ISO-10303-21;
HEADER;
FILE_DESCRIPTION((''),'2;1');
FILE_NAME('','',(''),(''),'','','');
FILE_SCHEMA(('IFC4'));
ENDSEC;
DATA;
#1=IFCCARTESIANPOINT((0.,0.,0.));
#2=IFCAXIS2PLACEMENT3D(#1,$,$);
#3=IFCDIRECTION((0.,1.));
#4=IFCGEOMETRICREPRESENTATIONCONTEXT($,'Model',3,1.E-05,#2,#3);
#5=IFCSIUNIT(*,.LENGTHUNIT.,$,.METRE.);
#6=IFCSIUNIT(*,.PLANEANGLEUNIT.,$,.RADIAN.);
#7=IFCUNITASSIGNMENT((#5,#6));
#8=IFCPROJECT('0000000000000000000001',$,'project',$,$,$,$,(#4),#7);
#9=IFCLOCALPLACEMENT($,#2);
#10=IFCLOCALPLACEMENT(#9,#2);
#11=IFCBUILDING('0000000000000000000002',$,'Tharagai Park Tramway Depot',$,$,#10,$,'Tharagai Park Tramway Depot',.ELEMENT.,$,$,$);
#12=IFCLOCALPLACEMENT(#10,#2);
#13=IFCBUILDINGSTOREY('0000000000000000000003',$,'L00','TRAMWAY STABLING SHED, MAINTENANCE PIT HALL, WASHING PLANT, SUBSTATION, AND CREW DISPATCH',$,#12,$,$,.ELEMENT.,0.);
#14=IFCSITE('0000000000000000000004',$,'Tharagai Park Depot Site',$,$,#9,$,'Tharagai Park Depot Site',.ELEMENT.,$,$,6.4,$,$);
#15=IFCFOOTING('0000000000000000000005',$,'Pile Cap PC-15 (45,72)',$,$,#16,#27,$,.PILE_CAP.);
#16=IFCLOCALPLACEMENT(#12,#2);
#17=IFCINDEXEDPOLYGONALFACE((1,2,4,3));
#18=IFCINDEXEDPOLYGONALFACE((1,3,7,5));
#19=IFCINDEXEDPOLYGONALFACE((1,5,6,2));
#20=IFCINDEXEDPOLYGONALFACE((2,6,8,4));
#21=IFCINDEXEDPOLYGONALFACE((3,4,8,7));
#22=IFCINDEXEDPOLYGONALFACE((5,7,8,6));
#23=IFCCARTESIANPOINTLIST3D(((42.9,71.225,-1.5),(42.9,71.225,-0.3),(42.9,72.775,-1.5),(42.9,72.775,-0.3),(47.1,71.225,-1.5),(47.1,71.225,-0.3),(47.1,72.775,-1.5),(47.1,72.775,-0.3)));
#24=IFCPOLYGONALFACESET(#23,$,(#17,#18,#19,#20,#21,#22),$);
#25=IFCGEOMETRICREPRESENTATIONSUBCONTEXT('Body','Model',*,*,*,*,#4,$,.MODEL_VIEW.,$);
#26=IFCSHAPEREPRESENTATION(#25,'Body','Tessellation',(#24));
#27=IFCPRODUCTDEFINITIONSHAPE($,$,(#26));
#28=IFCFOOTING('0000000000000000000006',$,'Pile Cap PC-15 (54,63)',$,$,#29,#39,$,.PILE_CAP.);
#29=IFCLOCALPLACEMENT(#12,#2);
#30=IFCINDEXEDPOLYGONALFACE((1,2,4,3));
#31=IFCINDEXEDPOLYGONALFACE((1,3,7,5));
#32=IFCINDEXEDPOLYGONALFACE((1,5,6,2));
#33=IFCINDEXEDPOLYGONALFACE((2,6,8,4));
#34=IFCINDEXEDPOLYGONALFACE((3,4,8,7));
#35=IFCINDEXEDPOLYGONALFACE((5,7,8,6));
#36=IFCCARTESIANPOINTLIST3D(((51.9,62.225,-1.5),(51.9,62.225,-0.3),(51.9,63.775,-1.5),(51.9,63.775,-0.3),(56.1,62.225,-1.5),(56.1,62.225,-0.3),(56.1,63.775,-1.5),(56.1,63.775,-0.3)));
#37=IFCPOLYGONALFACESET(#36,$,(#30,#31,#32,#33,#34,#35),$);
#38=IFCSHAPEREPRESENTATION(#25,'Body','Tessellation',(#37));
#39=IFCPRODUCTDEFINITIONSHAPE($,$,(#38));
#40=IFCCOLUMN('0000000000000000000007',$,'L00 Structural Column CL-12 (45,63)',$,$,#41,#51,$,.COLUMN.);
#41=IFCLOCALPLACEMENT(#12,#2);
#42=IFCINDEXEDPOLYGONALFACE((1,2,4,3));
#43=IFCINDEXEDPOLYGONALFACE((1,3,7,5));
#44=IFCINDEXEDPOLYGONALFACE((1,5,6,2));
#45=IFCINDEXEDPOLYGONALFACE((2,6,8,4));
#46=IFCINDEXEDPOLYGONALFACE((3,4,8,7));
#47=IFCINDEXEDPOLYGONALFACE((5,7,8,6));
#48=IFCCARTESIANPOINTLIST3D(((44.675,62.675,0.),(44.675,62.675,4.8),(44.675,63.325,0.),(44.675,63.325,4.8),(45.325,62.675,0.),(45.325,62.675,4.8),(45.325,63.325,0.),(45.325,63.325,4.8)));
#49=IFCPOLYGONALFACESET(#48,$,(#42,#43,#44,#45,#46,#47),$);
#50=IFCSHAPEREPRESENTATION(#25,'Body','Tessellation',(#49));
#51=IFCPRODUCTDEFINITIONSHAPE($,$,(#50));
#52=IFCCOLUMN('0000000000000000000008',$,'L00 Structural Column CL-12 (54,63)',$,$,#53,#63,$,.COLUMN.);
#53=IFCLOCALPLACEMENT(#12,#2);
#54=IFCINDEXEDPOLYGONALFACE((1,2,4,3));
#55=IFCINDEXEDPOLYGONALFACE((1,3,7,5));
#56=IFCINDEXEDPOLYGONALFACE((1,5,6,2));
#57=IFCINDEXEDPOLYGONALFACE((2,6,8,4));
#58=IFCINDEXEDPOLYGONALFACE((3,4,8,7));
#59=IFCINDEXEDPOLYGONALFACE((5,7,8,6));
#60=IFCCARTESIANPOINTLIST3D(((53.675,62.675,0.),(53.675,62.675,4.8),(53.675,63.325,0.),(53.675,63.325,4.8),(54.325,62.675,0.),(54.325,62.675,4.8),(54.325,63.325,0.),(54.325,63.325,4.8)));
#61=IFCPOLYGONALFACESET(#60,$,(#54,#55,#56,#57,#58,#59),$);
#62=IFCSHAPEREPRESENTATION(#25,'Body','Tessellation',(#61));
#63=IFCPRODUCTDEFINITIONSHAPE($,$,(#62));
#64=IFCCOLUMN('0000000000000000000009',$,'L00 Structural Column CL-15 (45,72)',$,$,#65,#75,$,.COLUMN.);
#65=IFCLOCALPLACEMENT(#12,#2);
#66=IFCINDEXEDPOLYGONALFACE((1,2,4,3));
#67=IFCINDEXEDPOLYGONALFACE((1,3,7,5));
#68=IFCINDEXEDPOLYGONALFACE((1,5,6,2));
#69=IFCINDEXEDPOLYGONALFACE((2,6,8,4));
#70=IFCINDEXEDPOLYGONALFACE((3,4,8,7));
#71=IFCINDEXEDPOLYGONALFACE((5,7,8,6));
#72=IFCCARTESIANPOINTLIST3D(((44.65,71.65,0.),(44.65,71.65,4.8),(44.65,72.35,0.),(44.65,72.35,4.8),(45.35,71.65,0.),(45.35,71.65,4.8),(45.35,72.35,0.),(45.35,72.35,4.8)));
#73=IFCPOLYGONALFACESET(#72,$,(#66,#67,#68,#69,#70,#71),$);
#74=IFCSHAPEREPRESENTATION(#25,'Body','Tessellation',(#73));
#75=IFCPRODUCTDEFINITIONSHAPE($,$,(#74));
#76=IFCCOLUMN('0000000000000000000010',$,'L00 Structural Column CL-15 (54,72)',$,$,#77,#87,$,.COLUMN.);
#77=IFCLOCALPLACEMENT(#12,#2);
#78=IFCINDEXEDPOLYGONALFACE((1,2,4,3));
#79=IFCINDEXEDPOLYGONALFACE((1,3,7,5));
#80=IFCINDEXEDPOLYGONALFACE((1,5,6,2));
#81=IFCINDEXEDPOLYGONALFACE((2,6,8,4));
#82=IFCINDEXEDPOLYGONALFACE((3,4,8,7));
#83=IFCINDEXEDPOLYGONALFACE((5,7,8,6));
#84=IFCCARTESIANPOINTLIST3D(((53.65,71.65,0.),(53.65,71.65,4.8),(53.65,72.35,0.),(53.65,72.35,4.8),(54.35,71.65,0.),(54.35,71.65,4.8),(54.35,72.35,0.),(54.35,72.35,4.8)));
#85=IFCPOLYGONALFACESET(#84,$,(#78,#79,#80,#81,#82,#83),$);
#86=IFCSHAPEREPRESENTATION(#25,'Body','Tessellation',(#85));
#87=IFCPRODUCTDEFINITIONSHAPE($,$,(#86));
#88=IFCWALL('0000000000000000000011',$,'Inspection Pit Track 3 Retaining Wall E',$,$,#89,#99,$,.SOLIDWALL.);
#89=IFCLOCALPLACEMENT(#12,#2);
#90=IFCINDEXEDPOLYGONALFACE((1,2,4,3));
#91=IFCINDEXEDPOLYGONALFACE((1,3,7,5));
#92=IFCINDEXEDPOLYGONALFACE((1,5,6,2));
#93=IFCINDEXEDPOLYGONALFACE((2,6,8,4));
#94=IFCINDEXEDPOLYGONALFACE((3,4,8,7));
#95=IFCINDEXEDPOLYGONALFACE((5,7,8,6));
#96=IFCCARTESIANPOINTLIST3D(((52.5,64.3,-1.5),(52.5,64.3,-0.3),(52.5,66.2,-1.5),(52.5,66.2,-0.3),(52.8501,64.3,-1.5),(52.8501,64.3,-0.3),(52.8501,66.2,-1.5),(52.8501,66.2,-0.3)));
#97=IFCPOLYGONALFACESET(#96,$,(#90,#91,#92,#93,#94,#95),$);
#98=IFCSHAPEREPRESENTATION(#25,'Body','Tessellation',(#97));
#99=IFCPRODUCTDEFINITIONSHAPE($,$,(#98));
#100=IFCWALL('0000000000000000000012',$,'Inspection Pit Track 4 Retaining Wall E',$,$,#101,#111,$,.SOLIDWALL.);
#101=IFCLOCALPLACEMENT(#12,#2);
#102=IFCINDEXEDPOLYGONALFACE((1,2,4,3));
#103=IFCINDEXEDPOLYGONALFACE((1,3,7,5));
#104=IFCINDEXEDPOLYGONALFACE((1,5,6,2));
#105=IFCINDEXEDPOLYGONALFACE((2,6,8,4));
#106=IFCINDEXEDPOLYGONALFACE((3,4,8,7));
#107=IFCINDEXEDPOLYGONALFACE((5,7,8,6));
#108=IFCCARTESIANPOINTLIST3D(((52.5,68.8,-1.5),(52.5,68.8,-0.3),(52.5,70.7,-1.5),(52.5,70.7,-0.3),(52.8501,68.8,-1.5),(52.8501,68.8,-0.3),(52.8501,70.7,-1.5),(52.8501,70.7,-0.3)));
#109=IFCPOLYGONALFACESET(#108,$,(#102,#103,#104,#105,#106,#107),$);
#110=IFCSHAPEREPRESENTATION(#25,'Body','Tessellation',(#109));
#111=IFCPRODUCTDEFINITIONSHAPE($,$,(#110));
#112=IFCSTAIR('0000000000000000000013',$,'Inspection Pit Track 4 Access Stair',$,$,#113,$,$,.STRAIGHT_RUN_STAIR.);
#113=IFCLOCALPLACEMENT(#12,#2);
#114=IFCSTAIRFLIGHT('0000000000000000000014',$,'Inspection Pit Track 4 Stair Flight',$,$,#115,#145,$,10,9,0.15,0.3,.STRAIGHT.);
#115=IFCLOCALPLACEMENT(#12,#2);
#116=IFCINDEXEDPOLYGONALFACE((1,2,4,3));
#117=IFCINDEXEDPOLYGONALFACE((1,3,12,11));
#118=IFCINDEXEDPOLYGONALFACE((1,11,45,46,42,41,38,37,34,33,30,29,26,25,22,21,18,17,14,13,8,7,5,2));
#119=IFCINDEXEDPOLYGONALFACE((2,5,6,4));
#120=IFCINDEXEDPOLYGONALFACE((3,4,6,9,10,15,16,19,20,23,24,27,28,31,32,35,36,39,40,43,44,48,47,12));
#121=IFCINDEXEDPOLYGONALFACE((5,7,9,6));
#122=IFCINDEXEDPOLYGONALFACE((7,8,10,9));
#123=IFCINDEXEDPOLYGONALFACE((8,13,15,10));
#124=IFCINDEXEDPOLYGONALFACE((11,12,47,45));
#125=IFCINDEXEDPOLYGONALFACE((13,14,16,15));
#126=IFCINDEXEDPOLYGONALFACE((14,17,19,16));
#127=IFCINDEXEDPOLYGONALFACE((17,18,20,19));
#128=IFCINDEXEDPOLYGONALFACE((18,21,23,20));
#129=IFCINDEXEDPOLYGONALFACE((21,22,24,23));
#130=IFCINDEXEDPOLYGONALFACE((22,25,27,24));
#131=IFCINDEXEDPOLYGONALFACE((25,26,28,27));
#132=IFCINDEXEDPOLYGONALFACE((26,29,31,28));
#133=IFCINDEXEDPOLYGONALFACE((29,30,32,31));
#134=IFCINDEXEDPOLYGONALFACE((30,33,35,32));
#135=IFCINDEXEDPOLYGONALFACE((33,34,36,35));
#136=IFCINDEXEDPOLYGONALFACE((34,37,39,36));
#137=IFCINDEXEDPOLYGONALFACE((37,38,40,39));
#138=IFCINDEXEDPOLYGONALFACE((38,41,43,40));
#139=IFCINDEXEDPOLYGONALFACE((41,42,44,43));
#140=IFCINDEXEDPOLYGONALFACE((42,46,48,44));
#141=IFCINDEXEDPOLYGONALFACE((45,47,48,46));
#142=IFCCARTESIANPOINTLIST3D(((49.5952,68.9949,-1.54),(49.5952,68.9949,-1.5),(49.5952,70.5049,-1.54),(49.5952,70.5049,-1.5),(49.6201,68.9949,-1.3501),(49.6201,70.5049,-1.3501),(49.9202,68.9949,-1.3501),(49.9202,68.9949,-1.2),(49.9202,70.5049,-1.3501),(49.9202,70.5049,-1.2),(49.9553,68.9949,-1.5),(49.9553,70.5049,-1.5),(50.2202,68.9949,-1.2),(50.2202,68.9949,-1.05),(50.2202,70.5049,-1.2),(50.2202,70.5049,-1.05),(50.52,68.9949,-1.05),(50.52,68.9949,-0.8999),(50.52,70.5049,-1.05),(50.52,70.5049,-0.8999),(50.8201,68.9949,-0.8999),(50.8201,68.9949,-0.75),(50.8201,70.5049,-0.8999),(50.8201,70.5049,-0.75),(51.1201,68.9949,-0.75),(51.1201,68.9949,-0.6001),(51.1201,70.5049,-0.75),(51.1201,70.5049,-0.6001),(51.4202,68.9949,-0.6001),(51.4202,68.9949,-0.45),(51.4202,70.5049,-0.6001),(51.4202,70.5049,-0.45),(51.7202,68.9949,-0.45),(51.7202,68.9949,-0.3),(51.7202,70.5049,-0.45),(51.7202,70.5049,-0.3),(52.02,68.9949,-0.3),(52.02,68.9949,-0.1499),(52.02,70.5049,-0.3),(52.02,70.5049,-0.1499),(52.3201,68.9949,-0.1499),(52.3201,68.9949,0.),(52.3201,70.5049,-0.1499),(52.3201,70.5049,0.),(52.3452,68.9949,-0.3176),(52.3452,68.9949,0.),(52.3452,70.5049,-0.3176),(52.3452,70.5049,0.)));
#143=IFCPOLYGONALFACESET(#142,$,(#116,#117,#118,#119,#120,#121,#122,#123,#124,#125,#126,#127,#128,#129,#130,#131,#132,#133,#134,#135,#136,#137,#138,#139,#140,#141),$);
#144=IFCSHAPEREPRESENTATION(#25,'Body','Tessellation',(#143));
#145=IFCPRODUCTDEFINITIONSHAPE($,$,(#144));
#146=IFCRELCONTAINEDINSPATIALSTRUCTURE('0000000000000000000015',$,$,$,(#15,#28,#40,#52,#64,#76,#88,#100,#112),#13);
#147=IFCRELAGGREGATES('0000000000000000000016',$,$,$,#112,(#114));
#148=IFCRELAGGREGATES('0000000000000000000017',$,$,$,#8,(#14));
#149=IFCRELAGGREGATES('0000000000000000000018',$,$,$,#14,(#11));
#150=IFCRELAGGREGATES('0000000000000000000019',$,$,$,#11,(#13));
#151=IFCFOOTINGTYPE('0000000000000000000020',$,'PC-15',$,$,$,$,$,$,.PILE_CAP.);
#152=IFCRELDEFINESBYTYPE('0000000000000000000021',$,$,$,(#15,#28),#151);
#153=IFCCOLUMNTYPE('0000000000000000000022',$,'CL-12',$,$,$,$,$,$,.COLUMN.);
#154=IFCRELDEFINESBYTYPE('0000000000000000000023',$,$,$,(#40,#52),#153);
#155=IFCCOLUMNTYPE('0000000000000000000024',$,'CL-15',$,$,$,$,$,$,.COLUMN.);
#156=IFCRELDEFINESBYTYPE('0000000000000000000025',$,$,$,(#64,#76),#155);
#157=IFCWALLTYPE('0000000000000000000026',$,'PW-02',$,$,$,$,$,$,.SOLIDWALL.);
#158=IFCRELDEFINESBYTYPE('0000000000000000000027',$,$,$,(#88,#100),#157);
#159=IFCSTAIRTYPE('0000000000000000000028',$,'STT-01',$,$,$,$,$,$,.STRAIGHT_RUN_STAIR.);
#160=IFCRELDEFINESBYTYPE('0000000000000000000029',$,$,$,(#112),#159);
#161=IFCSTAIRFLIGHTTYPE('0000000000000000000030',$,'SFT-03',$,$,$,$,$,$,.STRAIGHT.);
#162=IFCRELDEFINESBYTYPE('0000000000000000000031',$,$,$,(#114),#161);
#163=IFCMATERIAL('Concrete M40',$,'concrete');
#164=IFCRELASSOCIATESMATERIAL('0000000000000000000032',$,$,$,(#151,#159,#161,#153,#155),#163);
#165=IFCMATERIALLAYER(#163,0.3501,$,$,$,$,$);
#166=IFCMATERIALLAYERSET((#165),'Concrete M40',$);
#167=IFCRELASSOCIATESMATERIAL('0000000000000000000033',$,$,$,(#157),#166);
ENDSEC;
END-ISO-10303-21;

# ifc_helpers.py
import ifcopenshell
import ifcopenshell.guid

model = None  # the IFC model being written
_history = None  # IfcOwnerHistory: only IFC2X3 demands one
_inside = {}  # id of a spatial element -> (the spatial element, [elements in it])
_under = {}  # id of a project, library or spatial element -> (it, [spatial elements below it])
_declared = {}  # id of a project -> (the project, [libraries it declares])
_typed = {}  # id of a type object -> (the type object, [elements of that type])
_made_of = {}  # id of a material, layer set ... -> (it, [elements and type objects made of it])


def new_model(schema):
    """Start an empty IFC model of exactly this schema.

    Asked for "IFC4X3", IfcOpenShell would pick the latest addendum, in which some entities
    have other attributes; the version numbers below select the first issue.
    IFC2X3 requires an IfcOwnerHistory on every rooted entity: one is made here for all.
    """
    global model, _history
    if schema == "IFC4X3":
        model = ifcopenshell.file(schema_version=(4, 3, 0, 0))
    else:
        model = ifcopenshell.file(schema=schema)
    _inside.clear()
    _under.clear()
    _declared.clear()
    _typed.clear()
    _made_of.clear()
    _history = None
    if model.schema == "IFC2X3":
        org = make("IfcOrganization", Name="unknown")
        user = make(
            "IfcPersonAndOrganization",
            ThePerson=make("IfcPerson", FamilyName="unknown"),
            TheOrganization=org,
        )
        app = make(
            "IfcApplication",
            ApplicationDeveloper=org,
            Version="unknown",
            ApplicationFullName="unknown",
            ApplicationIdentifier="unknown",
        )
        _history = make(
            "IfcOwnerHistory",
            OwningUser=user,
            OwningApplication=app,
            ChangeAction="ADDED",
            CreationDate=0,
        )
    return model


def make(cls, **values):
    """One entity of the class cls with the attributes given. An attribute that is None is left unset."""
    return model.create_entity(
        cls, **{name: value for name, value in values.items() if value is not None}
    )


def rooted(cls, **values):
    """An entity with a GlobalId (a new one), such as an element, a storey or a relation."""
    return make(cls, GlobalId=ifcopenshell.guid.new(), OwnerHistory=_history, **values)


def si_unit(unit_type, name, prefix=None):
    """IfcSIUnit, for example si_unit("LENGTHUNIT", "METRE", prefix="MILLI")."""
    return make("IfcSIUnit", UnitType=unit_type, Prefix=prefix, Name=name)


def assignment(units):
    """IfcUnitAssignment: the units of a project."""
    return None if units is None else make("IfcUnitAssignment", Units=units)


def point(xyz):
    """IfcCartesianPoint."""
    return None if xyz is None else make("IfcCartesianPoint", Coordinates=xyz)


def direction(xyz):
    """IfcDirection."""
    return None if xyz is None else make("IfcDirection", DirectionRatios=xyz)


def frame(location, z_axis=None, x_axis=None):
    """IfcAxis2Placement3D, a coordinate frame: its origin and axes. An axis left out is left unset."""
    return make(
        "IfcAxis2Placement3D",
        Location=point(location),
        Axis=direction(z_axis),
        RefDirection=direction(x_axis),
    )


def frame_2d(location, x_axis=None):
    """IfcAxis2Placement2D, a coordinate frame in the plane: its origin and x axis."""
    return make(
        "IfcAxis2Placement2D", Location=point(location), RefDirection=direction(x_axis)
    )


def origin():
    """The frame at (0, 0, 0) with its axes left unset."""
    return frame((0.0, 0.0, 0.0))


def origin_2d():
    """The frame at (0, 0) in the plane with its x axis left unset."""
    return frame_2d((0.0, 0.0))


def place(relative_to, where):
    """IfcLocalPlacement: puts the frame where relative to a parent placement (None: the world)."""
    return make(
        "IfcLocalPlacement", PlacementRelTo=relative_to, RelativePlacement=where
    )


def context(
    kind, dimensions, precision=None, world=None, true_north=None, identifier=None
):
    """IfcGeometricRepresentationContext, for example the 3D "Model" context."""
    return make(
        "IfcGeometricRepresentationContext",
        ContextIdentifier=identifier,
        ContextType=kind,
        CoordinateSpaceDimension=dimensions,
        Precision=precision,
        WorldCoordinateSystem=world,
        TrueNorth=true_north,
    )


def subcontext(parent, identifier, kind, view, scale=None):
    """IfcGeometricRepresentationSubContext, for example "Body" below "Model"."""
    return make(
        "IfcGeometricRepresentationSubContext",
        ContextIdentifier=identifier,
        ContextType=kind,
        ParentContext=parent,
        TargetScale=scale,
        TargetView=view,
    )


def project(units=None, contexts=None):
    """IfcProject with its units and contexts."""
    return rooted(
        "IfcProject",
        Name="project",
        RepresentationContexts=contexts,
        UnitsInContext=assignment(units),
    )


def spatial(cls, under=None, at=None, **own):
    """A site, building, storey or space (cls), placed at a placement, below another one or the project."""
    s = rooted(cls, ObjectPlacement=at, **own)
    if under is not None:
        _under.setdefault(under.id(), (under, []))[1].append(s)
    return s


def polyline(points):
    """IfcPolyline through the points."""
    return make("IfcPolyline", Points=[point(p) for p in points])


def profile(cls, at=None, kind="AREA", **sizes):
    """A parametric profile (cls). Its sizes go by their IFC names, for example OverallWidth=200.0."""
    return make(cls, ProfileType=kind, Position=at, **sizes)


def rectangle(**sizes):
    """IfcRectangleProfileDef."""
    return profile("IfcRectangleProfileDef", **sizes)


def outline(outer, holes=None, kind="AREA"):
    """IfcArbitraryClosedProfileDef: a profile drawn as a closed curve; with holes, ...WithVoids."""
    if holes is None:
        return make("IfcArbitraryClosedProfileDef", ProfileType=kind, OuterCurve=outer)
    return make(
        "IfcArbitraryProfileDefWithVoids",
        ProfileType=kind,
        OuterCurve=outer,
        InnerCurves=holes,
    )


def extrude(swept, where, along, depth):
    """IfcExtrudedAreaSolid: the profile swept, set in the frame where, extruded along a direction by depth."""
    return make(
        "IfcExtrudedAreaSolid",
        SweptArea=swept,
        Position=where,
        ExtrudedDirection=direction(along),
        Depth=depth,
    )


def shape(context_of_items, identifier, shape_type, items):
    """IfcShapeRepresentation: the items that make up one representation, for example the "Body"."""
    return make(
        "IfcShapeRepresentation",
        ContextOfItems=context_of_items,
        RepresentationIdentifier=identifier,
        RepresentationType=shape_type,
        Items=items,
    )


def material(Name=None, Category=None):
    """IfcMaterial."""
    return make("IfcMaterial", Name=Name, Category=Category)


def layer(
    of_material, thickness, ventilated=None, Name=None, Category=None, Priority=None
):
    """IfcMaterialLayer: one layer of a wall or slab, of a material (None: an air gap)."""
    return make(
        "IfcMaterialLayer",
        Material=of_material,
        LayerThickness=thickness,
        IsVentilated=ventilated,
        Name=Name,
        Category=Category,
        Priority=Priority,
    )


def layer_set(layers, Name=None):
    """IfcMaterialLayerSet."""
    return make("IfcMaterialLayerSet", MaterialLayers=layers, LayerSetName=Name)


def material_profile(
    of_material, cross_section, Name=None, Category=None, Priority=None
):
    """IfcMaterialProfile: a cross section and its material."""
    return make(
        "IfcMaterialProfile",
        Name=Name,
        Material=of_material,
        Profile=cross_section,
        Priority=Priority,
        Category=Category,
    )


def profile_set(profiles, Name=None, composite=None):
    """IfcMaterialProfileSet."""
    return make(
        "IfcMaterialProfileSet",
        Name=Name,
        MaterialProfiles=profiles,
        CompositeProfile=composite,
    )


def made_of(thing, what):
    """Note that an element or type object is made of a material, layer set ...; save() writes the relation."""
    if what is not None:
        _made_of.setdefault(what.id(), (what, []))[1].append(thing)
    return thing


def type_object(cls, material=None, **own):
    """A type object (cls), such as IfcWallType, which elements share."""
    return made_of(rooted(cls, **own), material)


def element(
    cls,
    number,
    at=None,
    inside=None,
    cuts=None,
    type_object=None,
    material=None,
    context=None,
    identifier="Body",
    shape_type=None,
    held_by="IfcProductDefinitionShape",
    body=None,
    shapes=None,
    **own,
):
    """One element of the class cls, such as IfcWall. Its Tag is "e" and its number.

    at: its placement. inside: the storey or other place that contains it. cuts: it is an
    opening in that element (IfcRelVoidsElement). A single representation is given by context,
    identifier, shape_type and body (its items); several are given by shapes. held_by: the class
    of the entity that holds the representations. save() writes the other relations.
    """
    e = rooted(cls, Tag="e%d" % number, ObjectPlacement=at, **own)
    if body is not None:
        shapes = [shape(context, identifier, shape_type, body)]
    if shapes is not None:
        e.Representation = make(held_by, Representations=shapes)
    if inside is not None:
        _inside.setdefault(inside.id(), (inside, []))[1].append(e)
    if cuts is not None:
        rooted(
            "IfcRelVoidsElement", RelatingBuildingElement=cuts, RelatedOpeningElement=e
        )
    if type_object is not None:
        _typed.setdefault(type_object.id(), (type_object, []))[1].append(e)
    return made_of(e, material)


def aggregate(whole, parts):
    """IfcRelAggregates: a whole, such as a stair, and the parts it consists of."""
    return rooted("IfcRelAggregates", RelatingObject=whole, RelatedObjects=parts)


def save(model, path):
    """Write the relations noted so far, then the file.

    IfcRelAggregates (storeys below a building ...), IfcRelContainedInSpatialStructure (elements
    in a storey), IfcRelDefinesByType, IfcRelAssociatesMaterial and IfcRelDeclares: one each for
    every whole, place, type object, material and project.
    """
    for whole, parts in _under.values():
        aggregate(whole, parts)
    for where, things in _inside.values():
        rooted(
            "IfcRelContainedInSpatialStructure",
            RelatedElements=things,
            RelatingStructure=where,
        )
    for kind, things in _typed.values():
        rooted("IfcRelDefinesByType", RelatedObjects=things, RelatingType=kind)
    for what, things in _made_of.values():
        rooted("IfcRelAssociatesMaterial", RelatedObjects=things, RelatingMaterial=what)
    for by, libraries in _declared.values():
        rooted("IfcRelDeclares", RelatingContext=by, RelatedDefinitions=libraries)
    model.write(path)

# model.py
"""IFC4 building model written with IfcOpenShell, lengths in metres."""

from ifc_helpers import new_model, si_unit, direction, frame, frame_2d, origin, origin_2d, place, context, subcontext, project, spatial, polyline, rectangle, outline, extrude, material, layer, layer_set, material_profile, profile_set, type_object, element, aggregate, save


model = new_model("IFC4")

# Units and contexts
model_context = context("Model", 3, precision=1e-05, world=origin(), true_north=direction((0.0, 1.0)))
body_context = subcontext(model_context, "Body", "Model", "MODEL_VIEW")
ifc_project = project(units=[si_unit("LENGTHUNIT", "METRE"), si_unit("PLANEANGLEUNIT", "RADIAN")], contexts=[model_context])

# Site, building, storey
site_placement = place(None, origin())
site = spatial("IfcSite", under=ifc_project, at=site_placement, Name="Tharagai Park Depot Site", LongName="Tharagai Park Depot Site", CompositionType="ELEMENT", RefElevation=6.4)
building_placement = place(site_placement, origin())
building = spatial("IfcBuilding", under=site, at=building_placement, Name="Tharagai Park Tramway Depot", LongName="Tharagai Park Tramway Depot", CompositionType="ELEMENT")
storey_placement = place(building_placement, origin())
storey = spatial("IfcBuildingStorey", under=building, at=storey_placement, Name="L00", Description="TRAMWAY STABLING SHED, MAINTENANCE PIT HALL, WASHING PLANT, SUBSTATION, AND CREW DISPATCH", CompositionType="ELEMENT", Elevation=0.0)

# Shared definitions
ifc_material_1 = material(Name="Concrete M40", Category="concrete")

# Footings
footing_type_1 = type_object("IfcFootingType", Name="PC-15", PredefinedType="PILE_CAP", material=ifc_material_1)
for number, where, z_axis, x_axis, name in (
    (1, (45.0, 72.0, -1.5), (0.0, 0.0, 1.0), (1.0, 0.0, 0.0), "Pile Cap PC-15 (45,72)"),
    (2, (54.0, 63.0, -1.5), (0.0, 0.0, 1.0), (1.0, 0.0, 0.0), "Pile Cap PC-15 (54,63)"),
):
    element("IfcFooting", number, at=place(storey_placement, frame(where, z_axis=z_axis, x_axis=x_axis)), inside=storey, type_object=footing_type_1, Name=name, PredefinedType="PILE_CAP", context=body_context, shape_type="SweptSolid", body=[
        extrude(rectangle(XDim=4.2, YDim=1.55, at=origin_2d()), origin(), (0.0, 0.0, 1.0), 1.2),
    ])

# Columns
ifc_material_profile_1 = material_profile(ifc_material_1, rectangle(XDim=0.6499, YDim=0.6499, at=origin_2d()), Name="RC 650x650")
ifc_profile_set_1 = profile_set([ifc_material_profile_1], Name="Concrete M40")
column_type_1 = type_object("IfcColumnType", Name="CL-12", PredefinedType="COLUMN", material=ifc_profile_set_1)
for number, where, z_axis, x_axis, name in (
    (3, (45.0, 63.0, 0.0), (0.0, 0.0, 1.0), (1.0, 0.0, 0.0), "L00 Structural Column CL-12 (45,63)"),
    (4, (54.0, 63.0, 0.0), (0.0, 0.0, 1.0), (1.0, 0.0, 0.0), "L00 Structural Column CL-12 (54,63)"),
):
    element("IfcColumn", number, at=place(storey_placement, frame(where, z_axis=z_axis, x_axis=x_axis)), inside=storey, type_object=column_type_1, Name=name, PredefinedType="COLUMN", context=body_context, shape_type="SweptSolid", body=[
        extrude(rectangle(XDim=0.6499, YDim=0.6499, at=origin_2d()), origin(), (0.0, 0.0, 1.0), 4.8),
    ])
ifc_material_profile_2 = material_profile(ifc_material_1, rectangle(XDim=0.7, YDim=0.7, at=origin_2d()), Name="RC 700x700")
ifc_profile_set_2 = profile_set([ifc_material_profile_2], Name="Concrete M40")
column_type_2 = type_object("IfcColumnType", Name="CL-15", PredefinedType="COLUMN", material=ifc_profile_set_2)
for number, where, z_axis, x_axis, name in (
    (5, (45.0, 72.0, 0.0), (0.0, 0.0, 1.0), (1.0, 0.0, 0.0), "L00 Structural Column CL-15 (45,72)"),
    (6, (54.0, 72.0, 0.0), (0.0, 0.0, 1.0), (1.0, 0.0, 0.0), "L00 Structural Column CL-15 (54,72)"),
):
    element("IfcColumn", number, at=place(storey_placement, frame(where, z_axis=z_axis, x_axis=x_axis)), inside=storey, type_object=column_type_2, Name=name, PredefinedType="COLUMN", context=body_context, shape_type="SweptSolid", body=[
        extrude(rectangle(XDim=0.7, YDim=0.7, at=origin_2d()), origin(), (0.0, 0.0, 1.0), 4.8),
    ])

# Walls
ifc_layer = layer(ifc_material_1, 0.3501)
ifc_layer_set = layer_set([ifc_layer], Name="Concrete M40")
wall_type = type_object("IfcWallType", Name="PW-02", PredefinedType="SOLIDWALL", material=ifc_layer_set)
for number, where, z_axis, x_axis, name in (
    (7, (52.675, 64.3, -1.5), (0.0, 0.0, 1.0), (0.0, 1.0, 0.0), "Inspection Pit Track 3 Retaining Wall E"),
    (8, (52.675, 68.8, -1.5), (0.0, 0.0, 1.0), (0.0, 1.0, 0.0), "Inspection Pit Track 4 Retaining Wall E"),
):
    element("IfcWall", number, at=place(storey_placement, frame(where, z_axis=z_axis, x_axis=x_axis)), inside=storey, type_object=wall_type, Name=name, PredefinedType="SOLIDWALL", context=body_context, shape_type="SweptSolid", body=[
        extrude(rectangle(XDim=1.8999, YDim=0.3501, at=frame_2d((0.95, 0.0))), origin(), (0.0, 0.0, 1.0), 1.2),
    ])

# Stair, stair flight
stair_type = type_object("IfcStairType", Name="STT-01", PredefinedType="STRAIGHT_RUN_STAIR", material=ifc_material_1)
stair_placement = place(storey_placement, origin())
stair = element("IfcStair", 9, at=stair_placement, inside=storey, type_object=stair_type, Name="Inspection Pit Track 4 Access Stair", PredefinedType="STRAIGHT_RUN_STAIR")
stair_flight_type = type_object("IfcStairFlightType", Name="SFT-03", PredefinedType="STRAIGHT", material=ifc_material_1)
stair_flight_placement = place(storey_placement, frame((49.6201, 69.75, -1.5), z_axis=(0.0, 0.0, 1.0), x_axis=(1.0, 0.0, 0.0)))
stair_flight = element("IfcStairFlight", 10, at=stair_flight_placement, type_object=stair_flight_type, Name="Inspection Pit Track 4 Stair Flight", NumberOfRisers=10, NumberOfTreads=9, PredefinedType="STRAIGHT", RiserHeight=0.15, TreadLength=0.3, context=body_context, shape_type="SweptSolid", body=[
    extrude(outline(polyline([(-0.0249, 0.0), (0.0, 0.1499), (0.3, 0.1499), (0.3, 0.3), (0.6001, 0.3), (0.6001, 0.45), (0.8999, 0.45), (0.8999, 0.6001), (1.2, 0.6001), (1.2, 0.75), (1.5, 0.75), (1.5, 0.8999), (1.8, 0.8999), (1.8, 1.05), (2.1001, 1.05), (2.1001, 1.2), (2.3999, 1.2), (2.3999, 1.3501), (2.7, 1.3501), (2.7, 1.5), (2.7251, 1.5), (2.7251, 1.1824), (0.3352, 0.0), (-0.0249, -0.04), (-0.0249, 0.0)])), frame((0.0, 0.7549, 0.0), z_axis=(0.0, -1.0, 0.0), x_axis=(1.0, 0.0, 0.0)), (0.0, 0.0, 1.0), 1.51),
])
aggregate(stair, [stair_flight])

save(model, "model.ifc")
